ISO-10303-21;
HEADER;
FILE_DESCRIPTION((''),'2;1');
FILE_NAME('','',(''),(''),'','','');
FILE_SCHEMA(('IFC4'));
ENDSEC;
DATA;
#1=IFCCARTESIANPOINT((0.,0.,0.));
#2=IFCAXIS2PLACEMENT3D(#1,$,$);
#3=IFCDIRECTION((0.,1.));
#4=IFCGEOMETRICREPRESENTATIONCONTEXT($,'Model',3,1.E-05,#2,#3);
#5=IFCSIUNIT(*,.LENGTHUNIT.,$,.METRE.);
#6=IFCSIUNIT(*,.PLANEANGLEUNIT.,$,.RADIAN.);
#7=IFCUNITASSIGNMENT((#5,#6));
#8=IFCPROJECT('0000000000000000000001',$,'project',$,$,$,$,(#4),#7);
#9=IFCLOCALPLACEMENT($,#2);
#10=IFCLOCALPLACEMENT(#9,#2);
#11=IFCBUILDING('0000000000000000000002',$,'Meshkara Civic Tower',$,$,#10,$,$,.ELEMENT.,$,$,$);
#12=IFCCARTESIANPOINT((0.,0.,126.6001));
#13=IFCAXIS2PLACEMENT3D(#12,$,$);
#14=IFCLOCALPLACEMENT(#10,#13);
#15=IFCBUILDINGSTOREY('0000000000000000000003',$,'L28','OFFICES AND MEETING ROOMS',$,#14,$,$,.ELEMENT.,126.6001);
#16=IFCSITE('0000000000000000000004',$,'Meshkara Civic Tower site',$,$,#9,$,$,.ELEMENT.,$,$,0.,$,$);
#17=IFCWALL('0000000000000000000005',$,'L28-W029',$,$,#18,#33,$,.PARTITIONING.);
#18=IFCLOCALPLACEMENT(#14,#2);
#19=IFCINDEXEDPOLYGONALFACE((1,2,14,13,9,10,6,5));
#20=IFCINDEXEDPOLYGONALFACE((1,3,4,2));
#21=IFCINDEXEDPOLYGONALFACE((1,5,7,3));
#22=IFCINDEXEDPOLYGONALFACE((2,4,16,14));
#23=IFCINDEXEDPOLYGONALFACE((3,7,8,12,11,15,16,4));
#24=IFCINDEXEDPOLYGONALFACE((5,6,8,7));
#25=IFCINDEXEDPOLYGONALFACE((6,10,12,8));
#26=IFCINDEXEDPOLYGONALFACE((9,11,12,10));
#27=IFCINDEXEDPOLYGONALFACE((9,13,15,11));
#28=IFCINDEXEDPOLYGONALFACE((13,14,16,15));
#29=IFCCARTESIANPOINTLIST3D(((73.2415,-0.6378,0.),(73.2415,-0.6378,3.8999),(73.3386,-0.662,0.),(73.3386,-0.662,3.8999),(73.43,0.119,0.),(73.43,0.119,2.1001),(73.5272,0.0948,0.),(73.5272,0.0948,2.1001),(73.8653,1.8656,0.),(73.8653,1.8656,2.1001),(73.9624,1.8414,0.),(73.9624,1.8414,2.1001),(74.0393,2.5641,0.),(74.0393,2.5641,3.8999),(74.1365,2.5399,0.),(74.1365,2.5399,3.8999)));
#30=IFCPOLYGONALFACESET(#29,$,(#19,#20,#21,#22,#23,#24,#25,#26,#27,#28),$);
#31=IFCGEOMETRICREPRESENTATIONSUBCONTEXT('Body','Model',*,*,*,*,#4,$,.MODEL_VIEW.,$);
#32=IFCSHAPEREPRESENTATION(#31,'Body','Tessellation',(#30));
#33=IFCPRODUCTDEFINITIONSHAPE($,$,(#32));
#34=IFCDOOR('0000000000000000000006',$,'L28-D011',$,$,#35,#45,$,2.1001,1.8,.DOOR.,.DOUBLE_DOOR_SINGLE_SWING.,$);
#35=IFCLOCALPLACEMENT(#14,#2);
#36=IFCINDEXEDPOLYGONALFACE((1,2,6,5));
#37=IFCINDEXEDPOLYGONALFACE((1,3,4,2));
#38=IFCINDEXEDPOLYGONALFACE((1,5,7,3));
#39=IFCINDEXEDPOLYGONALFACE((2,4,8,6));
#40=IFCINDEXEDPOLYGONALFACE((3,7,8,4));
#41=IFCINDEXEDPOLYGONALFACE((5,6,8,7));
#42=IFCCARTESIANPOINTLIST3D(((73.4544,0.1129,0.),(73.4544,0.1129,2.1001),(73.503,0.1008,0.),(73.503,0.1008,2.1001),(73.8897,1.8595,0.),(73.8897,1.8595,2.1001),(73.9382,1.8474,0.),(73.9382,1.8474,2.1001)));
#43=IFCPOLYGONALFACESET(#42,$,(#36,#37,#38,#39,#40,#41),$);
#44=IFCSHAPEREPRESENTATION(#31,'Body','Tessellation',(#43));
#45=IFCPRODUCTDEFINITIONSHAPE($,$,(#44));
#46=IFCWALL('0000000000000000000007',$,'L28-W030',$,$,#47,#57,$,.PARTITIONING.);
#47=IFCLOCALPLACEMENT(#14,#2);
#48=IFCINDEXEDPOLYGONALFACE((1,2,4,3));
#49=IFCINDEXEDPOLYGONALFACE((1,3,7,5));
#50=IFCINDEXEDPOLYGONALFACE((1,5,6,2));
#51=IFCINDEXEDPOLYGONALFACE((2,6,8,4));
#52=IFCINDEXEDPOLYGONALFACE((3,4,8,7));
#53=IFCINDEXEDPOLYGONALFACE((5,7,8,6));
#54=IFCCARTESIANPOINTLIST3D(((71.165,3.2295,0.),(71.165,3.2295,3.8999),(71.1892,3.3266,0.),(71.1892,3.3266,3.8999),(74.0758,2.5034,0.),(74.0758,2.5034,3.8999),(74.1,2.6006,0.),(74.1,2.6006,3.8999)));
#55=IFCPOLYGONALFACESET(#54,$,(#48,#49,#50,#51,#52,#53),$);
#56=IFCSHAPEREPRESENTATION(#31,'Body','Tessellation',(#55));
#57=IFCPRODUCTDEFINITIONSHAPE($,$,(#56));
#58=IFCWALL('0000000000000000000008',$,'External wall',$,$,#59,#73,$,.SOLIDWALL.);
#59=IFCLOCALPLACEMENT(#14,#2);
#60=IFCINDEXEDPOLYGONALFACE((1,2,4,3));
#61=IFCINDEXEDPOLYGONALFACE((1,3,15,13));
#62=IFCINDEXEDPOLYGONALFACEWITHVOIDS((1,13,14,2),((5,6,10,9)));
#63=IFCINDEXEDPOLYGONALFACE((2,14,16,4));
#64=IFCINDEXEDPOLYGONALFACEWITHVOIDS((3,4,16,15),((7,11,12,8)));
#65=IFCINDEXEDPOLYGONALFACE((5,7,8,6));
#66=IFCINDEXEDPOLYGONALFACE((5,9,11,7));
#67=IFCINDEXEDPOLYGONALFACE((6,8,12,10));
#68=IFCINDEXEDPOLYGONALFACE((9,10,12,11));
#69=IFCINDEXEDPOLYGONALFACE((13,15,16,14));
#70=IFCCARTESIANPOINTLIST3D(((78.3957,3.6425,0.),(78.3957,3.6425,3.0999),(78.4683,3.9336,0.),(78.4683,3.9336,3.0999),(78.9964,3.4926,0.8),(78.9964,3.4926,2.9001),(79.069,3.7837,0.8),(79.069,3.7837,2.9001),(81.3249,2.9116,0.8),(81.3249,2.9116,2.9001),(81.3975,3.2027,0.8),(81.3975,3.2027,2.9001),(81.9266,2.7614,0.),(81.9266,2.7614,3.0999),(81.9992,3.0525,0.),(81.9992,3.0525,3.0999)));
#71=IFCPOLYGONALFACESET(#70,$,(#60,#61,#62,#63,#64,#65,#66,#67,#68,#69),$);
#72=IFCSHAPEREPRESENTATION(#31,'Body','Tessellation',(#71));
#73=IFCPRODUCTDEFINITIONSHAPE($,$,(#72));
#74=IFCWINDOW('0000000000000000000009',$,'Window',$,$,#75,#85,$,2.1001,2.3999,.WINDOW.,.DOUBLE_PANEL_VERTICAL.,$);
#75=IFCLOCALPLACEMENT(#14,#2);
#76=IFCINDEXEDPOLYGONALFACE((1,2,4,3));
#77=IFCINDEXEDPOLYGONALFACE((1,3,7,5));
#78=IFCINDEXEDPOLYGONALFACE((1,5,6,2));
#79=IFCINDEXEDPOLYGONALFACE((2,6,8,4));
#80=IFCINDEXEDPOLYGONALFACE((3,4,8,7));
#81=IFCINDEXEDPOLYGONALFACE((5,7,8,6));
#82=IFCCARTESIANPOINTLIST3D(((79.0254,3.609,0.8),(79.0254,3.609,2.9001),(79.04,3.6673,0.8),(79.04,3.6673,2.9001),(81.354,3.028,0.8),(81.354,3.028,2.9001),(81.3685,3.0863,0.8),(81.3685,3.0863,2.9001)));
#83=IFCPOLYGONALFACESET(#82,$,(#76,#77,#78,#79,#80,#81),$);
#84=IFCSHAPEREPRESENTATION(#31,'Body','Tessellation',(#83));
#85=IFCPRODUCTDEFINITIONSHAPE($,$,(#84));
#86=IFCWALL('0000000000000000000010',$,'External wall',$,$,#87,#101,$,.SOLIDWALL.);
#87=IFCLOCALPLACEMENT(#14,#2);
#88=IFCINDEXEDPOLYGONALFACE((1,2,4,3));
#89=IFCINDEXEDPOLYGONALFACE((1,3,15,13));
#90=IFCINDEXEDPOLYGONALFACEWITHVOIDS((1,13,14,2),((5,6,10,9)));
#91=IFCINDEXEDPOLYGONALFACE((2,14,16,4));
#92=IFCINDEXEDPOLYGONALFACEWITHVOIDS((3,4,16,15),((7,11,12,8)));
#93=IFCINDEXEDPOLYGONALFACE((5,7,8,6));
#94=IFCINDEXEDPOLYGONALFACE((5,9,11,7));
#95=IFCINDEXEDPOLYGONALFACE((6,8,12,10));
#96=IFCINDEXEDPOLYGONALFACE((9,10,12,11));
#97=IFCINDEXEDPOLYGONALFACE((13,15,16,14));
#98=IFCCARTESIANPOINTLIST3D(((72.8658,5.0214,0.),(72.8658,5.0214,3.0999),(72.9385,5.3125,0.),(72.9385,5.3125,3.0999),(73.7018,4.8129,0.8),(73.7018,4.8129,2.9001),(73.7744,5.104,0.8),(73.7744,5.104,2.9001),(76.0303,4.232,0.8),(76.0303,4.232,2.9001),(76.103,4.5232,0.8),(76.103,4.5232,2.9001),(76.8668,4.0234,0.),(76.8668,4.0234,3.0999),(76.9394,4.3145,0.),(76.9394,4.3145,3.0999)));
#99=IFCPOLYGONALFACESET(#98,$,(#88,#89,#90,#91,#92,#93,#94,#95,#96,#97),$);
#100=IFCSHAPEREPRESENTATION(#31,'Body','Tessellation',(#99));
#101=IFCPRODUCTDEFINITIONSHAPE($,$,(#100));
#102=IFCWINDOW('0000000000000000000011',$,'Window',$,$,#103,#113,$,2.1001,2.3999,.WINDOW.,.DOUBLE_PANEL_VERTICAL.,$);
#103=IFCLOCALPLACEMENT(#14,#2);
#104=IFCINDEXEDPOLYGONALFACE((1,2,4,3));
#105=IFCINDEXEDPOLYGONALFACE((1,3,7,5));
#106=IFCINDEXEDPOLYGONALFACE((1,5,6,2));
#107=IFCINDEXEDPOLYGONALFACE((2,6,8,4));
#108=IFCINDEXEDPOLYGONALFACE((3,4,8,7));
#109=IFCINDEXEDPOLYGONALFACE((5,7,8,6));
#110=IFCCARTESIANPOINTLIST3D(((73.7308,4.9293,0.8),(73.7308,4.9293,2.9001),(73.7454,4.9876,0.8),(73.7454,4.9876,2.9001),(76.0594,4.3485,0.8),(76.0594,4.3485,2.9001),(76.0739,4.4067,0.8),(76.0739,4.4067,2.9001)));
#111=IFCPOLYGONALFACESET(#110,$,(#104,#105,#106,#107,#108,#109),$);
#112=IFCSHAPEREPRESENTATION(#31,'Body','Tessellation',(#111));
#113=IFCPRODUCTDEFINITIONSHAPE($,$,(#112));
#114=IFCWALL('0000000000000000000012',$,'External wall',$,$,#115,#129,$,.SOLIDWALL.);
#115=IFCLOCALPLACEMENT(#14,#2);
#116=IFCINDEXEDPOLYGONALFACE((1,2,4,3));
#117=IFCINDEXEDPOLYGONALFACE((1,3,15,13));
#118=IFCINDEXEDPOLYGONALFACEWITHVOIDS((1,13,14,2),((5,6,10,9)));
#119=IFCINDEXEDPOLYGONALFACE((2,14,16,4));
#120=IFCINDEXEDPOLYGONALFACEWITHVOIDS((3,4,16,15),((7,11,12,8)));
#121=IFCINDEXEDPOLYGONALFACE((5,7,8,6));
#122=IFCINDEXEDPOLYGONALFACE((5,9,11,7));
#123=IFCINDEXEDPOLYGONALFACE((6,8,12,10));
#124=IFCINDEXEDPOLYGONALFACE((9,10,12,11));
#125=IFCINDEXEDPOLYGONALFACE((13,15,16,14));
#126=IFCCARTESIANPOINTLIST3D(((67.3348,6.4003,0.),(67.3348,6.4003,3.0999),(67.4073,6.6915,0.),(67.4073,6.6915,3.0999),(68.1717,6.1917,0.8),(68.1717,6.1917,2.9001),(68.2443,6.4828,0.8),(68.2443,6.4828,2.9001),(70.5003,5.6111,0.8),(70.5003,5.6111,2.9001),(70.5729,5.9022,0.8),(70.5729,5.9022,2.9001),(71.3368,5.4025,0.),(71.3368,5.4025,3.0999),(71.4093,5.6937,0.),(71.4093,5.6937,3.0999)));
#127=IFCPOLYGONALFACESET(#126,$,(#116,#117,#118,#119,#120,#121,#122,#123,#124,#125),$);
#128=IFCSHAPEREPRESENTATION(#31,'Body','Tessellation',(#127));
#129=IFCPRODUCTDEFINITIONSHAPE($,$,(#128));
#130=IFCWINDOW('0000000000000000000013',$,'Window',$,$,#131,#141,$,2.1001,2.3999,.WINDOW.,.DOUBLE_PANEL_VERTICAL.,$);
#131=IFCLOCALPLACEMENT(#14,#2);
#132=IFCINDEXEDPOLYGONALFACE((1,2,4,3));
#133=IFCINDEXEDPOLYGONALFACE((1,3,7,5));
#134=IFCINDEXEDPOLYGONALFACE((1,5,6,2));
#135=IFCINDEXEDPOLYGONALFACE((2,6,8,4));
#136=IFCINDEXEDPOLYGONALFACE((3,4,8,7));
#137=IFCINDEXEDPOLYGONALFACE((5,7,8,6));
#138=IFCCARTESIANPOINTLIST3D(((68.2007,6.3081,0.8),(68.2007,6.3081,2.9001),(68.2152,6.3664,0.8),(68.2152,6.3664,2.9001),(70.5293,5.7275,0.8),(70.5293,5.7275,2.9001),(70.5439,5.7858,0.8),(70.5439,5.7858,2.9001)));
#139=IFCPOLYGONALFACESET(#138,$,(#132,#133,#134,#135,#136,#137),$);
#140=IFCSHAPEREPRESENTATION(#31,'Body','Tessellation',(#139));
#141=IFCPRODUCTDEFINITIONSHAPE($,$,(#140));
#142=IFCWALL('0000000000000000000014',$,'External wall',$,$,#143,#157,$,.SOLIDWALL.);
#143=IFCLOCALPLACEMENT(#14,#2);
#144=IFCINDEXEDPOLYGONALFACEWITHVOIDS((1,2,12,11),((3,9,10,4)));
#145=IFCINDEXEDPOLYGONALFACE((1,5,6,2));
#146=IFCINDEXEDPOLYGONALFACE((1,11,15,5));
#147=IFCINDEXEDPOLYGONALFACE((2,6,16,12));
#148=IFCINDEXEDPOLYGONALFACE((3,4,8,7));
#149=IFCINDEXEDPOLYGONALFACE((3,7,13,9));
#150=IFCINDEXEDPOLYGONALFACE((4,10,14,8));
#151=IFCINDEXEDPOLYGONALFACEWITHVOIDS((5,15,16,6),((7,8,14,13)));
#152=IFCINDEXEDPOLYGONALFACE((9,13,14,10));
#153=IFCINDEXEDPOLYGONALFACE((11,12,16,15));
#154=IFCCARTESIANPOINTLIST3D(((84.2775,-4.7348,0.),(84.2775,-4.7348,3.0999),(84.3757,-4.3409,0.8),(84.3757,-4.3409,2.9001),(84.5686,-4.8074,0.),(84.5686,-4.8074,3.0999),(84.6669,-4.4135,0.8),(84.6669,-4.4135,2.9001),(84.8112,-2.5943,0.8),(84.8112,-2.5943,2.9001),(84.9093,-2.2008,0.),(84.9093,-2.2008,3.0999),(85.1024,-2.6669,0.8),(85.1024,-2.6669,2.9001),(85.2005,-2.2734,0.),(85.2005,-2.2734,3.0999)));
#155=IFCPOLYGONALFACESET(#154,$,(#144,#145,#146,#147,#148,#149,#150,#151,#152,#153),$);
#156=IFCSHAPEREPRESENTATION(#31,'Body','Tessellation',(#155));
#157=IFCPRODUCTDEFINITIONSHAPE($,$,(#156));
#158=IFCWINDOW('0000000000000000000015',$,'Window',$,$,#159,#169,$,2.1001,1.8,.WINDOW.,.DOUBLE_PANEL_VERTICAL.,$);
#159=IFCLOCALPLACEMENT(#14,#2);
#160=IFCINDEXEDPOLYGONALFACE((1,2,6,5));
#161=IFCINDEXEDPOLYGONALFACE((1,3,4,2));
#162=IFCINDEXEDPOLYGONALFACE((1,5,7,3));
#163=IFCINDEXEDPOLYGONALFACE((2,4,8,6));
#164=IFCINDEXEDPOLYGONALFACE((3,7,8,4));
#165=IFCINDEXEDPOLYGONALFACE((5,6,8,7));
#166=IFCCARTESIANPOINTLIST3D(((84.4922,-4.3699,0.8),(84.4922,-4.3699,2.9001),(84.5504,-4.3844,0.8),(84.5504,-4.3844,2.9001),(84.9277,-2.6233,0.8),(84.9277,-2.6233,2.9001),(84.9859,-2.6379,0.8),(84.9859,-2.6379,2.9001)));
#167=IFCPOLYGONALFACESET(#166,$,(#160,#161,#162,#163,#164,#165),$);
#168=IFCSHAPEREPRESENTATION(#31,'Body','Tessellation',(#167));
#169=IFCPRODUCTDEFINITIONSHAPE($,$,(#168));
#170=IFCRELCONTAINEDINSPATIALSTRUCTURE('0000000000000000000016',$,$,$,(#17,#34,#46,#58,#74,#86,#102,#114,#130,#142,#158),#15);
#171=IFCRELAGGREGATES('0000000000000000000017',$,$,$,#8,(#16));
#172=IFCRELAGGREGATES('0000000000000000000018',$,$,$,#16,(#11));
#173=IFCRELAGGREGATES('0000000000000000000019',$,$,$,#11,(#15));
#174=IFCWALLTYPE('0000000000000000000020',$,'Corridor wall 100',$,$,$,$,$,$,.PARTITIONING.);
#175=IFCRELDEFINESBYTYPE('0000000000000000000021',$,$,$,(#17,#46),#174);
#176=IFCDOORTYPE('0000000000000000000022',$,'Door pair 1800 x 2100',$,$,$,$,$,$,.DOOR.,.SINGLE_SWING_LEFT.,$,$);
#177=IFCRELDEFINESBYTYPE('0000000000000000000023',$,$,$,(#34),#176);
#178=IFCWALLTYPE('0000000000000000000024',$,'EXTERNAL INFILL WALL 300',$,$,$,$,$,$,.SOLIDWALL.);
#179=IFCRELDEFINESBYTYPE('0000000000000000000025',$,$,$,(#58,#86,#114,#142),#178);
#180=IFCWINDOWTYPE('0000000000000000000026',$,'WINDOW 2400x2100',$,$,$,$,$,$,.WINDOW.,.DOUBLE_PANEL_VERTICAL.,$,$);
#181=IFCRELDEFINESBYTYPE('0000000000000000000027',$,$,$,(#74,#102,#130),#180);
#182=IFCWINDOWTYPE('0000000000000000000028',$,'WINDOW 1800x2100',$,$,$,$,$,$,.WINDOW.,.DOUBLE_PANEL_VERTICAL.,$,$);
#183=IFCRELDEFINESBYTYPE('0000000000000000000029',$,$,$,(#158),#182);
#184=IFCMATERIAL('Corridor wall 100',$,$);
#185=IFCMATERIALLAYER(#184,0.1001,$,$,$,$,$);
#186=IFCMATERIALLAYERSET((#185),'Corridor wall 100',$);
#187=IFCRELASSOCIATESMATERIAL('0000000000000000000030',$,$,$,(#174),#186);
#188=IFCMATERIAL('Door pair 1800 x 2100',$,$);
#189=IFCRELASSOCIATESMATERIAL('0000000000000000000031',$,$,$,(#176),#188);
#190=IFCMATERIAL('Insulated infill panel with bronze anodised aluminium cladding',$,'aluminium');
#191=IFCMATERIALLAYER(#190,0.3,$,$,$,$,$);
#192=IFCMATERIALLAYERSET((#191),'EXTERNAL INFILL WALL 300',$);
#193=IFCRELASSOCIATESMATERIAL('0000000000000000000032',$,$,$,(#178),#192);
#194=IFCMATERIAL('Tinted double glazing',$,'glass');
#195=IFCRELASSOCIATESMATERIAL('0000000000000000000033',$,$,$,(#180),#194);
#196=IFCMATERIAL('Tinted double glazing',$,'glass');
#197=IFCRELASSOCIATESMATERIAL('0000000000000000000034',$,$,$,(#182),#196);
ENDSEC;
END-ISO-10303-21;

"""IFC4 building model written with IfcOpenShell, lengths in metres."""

from ifc_helpers import new_model, si_unit, direction, frame, frame_2d, origin, place, context, subcontext, project, spatial, rectangle, extrude, material, layer, layer_set, type_object, element, fill, save


model = new_model("IFC4")

# Units and contexts
model_context = context("Model", 3, precision=1e-05, world=origin(), true_north=direction((0.0, 1.0)))
body_context = subcontext(model_context, "Body", "Model", "MODEL_VIEW")
ifc_project = project(units=[si_unit("LENGTHUNIT", "METRE"), si_unit("PLANEANGLEUNIT", "RADIAN")], contexts=[model_context])

# Site, building, storey
site_placement = place(None, origin())
site = spatial("IfcSite", under=ifc_project, at=site_placement, Name="Meshkara Civic Tower site", CompositionType="ELEMENT", RefElevation=0.0)
building_placement = place(site_placement, origin())
building = spatial("IfcBuilding", under=site, at=building_placement, Name="Meshkara Civic Tower", CompositionType="ELEMENT")
storey_placement = place(building_placement, frame((0.0, 0.0, 126.6001)))
storey = spatial("IfcBuildingStorey", under=building, at=storey_placement, Name="L28", Description="OFFICES AND MEETING ROOMS", CompositionType="ELEMENT", Elevation=126.6001)

# Shared definitions
ifc_material_1 = material(Name="Corridor wall 100")
ifc_layer_1 = layer(ifc_material_1, 0.1001)
ifc_layer_set_1 = layer_set([ifc_layer_1], Name="Corridor wall 100")
wall_type_1 = type_object("IfcWallType", Name="Corridor wall 100", PredefinedType="PARTITIONING", material=ifc_layer_set_1)

# Wall, opening, door
ifc_material_2 = material(Name="Door pair 1800 x 2100")
door_type = type_object("IfcDoorType", Name="Door pair 1800 x 2100", OperationType="SINGLE_SWING_LEFT", PredefinedType="DOOR", material=ifc_material_2)
wall_1_placement = place(storey_placement, frame((73.29, -0.6499, 0.0), z_axis=(0.0, 0.0, 1.0), x_axis=(0.241787, 0.970329, 0.0)))
wall_1 = element("IfcWall", 1, at=wall_1_placement, inside=storey, type_object=wall_type_1, Name="L28-W029", PredefinedType="PARTITIONING", context=body_context, shape_type="SweptSolid", body=[
    extrude(rectangle(XDim=3.2998, YDim=0.1001, at=frame_2d((1.6499, 0.0))), origin(), (0.0, 0.0, 1.0), 3.8999),
])
opening_1_placement = place(wall_1_placement, frame((0.78, 0.0, 0.0)))
opening_1 = element("IfcOpeningElement", 2, at=opening_1_placement, cuts=wall_1, PredefinedType="OPENING", context=body_context, shape_type="SweptSolid", body=[
    extrude(rectangle(XDim=1.8, YDim=2.1001, at=frame_2d((0.8999, 1.05))), frame((0.0, 0.0601, 0.0), z_axis=(0.0, -1.0, 0.0), x_axis=(1.0, 0.0, 0.0)), (0.0, 0.0, 1.0), 0.1201),
])
door_1_placement = place(opening_1_placement, origin())
door_1 = element("IfcDoor", 3, at=door_1_placement, inside=storey, type_object=door_type, Name="L28-D011", OperationType="DOUBLE_DOOR_SINGLE_SWING", OverallHeight=2.1001, OverallWidth=1.8, PredefinedType="DOOR", context=body_context, shape_type="SweptSolid", body=[
    extrude(rectangle(XDim=1.8, YDim=2.1001, at=frame_2d((0.8999, 1.05))), frame((0.0, 0.0249, 0.0), z_axis=(0.0, -1.0, 0.0), x_axis=(1.0, 0.0, 0.0)), (0.0, 0.0, 1.0), 0.05),
])
fill(opening_1, door_1)

# Wall
wall_2_placement = place(storey_placement, frame((74.0879, 2.552, 0.0), z_axis=(0.0, 0.0, 1.0), x_axis=(-0.970272, 0.242019, 0.0)))
element("IfcWall", 4, at=wall_2_placement, inside=storey, type_object=wall_type_1, Name="L28-W030", PredefinedType="PARTITIONING", context=body_context, shape_type="SweptSolid", body=[
    extrude(rectangle(XDim=3.0, YDim=0.1001, at=frame_2d((1.5, 0.0))), origin(), (0.0, 0.0, 1.0), 3.8999),
])

# Walls, openings, windows
ifc_material_3 = material(Name="Insulated infill panel with bronze anodised aluminium cladding", Category="aluminium")
ifc_layer_2 = layer(ifc_material_3, 0.3)
ifc_layer_set_2 = layer_set([ifc_layer_2], Name="EXTERNAL INFILL WALL 300")
wall_type_2 = type_object("IfcWallType", Name="EXTERNAL INFILL WALL 300", PredefinedType="SOLIDWALL", material=ifc_layer_set_2)
wall_3_placement = place(storey_placement, frame((81.9629, 2.907, 0.0), z_axis=(0.0, 0.0, 1.0), x_axis=(-0.970249, 0.242109, 0.0)))
wall_3 = element("IfcWall", 5, at=wall_3_placement, inside=storey, type_object=wall_type_2, Name="External wall", PredefinedType="SOLIDWALL", context=body_context, shape_type="SweptSolid", body=[
    extrude(rectangle(XDim=3.6392, YDim=0.3, at=frame_2d((1.8196, 0.0))), origin(), (0.0, 0.0, 1.0), 3.0999),
])
opening_2_placement = place(wall_3_placement, frame((0.6201, 0.0, 0.8)))
opening_2 = element("IfcOpeningElement", 6, at=opening_2_placement, cuts=wall_3, PredefinedType="OPENING", context=body_context, shape_type="SweptSolid", body=[
    extrude(rectangle(XDim=2.3999, YDim=2.1001, at=frame_2d((1.2, 1.05))), frame((0.0, 0.1599, 0.0), z_axis=(0.0, -1.0, 0.0), x_axis=(1.0, 0.0, 0.0)), (0.0, 0.0, 1.0), 0.3201),
])
ifc_material_4 = material(Name="Tinted double glazing", Category="glass")
window_type_1 = type_object("IfcWindowType", Name="WINDOW 2400x2100", PartitioningType="DOUBLE_PANEL_VERTICAL", PredefinedType="WINDOW", material=ifc_material_4)
window_1_placement = place(opening_2_placement, origin())
window_1 = element("IfcWindow", 7, at=window_1_placement, inside=storey, type_object=window_type_1, Name="Window", OverallHeight=2.1001, OverallWidth=2.3999, PartitioningType="DOUBLE_PANEL_VERTICAL", PredefinedType="WINDOW", context=body_context, shape_type="SweptSolid", body=[
    extrude(rectangle(XDim=2.3999, YDim=2.1001, at=frame_2d((1.2, 1.05))), frame((0.0, 0.03, 0.0), z_axis=(0.0, -1.0, 0.0), x_axis=(1.0, 0.0, 0.0)), (0.0, 0.0, 1.0), 0.0601),
])
fill(opening_2, window_1)
wall_4_placement = place(storey_placement, frame((76.9031, 4.1689, 0.0), z_axis=(0.0, 0.0, 1.0), x_axis=(-0.970268, 0.242034, 0.0)))
wall_4 = element("IfcWall", 8, at=wall_4_placement, inside=storey, type_object=wall_type_2, Name="External wall", PredefinedType="SOLIDWALL", context=body_context, shape_type="SweptSolid", body=[
    extrude(rectangle(XDim=4.1235, YDim=0.3, at=frame_2d((2.0618, 0.0))), origin(), (0.0, 0.0, 1.0), 3.0999),
])
opening_3_placement = place(wall_4_placement, frame((0.8621, 0.0, 0.8)))
opening_3 = element("IfcOpeningElement", 9, at=opening_3_placement, cuts=wall_4, PredefinedType="OPENING", context=body_context, shape_type="SweptSolid", body=[
    extrude(rectangle(XDim=2.3999, YDim=2.1001, at=frame_2d((1.2, 1.05))), frame((0.0, 0.1599, 0.0), z_axis=(0.0, -1.0, 0.0), x_axis=(1.0, 0.0, 0.0)), (0.0, 0.0, 1.0), 0.3201),
])
window_2_placement = place(opening_3_placement, origin())
window_2 = element("IfcWindow", 10, at=window_2_placement, inside=storey, type_object=window_type_1, Name="Window", OverallHeight=2.1001, OverallWidth=2.3999, PartitioningType="DOUBLE_PANEL_VERTICAL", PredefinedType="WINDOW", context=body_context, shape_type="SweptSolid", body=[
    extrude(rectangle(XDim=2.3999, YDim=2.1001, at=frame_2d((1.2, 1.05))), frame((0.0, 0.03, 0.0), z_axis=(0.0, -1.0, 0.0), x_axis=(1.0, 0.0, 0.0)), (0.0, 0.0, 1.0), 0.0601),
])
fill(opening_3, window_2)
wall_5_placement = place(storey_placement, frame((71.373, 5.5481, 0.0), z_axis=(0.0, 0.0, 1.0), x_axis=(-0.970296, 0.241923, 0.0)))
wall_5 = element("IfcWall", 11, at=wall_5_placement, inside=storey, type_object=wall_type_2, Name="External wall", PredefinedType="SOLIDWALL", context=body_context, shape_type="SweptSolid", body=[
    extrude(rectangle(XDim=4.1245, YDim=0.3, at=frame_2d((2.0623, 0.0))), origin(), (0.0, 0.0, 1.0), 3.0999),
])
opening_4_placement = place(wall_5_placement, frame((0.8621, 0.0, 0.8)))
opening_4 = element("IfcOpeningElement", 12, at=opening_4_placement, cuts=wall_5, PredefinedType="OPENING", context=body_context, shape_type="SweptSolid", body=[
    extrude(rectangle(XDim=2.3999, YDim=2.1001, at=frame_2d((1.2, 1.05))), frame((0.0, 0.1599, 0.0), z_axis=(0.0, -1.0, 0.0), x_axis=(1.0, 0.0, 0.0)), (0.0, 0.0, 1.0), 0.3201),
])
window_3_placement = place(opening_4_placement, origin())
window_3 = element("IfcWindow", 13, at=window_3_placement, inside=storey, type_object=window_type_1, Name="Window", OverallHeight=2.1001, OverallWidth=2.3999, PartitioningType="DOUBLE_PANEL_VERTICAL", PredefinedType="WINDOW", context=body_context, shape_type="SweptSolid", body=[
    extrude(rectangle(XDim=2.3999, YDim=2.1001, at=frame_2d((1.2, 1.05))), frame((0.0, 0.03, 0.0), z_axis=(0.0, -1.0, 0.0), x_axis=(1.0, 0.0, 0.0)), (0.0, 0.0, 1.0), 0.0601),
])
fill(opening_4, window_3)
wall_6_placement = place(storey_placement, frame((84.4231, -4.771, 0.0), z_axis=(0.0, 0.0, 1.0), x_axis=(0.241942, 0.970291, 0.0)))
wall_6 = element("IfcWall", 14, at=wall_6_placement, inside=storey, type_object=wall_type_2, Name="External wall", PredefinedType="SOLIDWALL", context=body_context, shape_type="SweptSolid", body=[
    extrude(rectangle(XDim=2.6116, YDim=0.3, at=frame_2d((1.3057, 0.0))), origin(), (0.0, 0.0, 1.0), 3.0999),
])
opening_5_placement = place(wall_6_placement, frame((0.406, 0.0, 0.8)))
opening_5 = element("IfcOpeningElement", 15, at=opening_5_placement, cuts=wall_6, PredefinedType="OPENING", context=body_context, shape_type="SweptSolid", body=[
    extrude(rectangle(XDim=1.8, YDim=2.1001, at=frame_2d((0.8999, 1.05))), frame((0.0, 0.1599, 0.0), z_axis=(0.0, -1.0, 0.0), x_axis=(1.0, 0.0, 0.0)), (0.0, 0.0, 1.0), 0.3201),
])
ifc_material_5 = material(Name="Tinted double glazing", Category="glass")
window_type_2 = type_object("IfcWindowType", Name="WINDOW 1800x2100", PartitioningType="DOUBLE_PANEL_VERTICAL", PredefinedType="WINDOW", material=ifc_material_5)
window_4_placement = place(opening_5_placement, origin())
window_4 = element("IfcWindow", 16, at=window_4_placement, inside=storey, type_object=window_type_2, Name="Window", OverallHeight=2.1001, OverallWidth=1.8, PartitioningType="DOUBLE_PANEL_VERTICAL", PredefinedType="WINDOW", context=body_context, shape_type="SweptSolid", body=[
    extrude(rectangle(XDim=1.8, YDim=2.1001, at=frame_2d((0.8999, 1.05))), frame((0.0, 0.03, 0.0), z_axis=(0.0, -1.0, 0.0), x_axis=(1.0, 0.0, 0.0)), (0.0, 0.0, 1.0), 0.0601),
])
fill(opening_5, window_4)

save(model, "model.ifc")
